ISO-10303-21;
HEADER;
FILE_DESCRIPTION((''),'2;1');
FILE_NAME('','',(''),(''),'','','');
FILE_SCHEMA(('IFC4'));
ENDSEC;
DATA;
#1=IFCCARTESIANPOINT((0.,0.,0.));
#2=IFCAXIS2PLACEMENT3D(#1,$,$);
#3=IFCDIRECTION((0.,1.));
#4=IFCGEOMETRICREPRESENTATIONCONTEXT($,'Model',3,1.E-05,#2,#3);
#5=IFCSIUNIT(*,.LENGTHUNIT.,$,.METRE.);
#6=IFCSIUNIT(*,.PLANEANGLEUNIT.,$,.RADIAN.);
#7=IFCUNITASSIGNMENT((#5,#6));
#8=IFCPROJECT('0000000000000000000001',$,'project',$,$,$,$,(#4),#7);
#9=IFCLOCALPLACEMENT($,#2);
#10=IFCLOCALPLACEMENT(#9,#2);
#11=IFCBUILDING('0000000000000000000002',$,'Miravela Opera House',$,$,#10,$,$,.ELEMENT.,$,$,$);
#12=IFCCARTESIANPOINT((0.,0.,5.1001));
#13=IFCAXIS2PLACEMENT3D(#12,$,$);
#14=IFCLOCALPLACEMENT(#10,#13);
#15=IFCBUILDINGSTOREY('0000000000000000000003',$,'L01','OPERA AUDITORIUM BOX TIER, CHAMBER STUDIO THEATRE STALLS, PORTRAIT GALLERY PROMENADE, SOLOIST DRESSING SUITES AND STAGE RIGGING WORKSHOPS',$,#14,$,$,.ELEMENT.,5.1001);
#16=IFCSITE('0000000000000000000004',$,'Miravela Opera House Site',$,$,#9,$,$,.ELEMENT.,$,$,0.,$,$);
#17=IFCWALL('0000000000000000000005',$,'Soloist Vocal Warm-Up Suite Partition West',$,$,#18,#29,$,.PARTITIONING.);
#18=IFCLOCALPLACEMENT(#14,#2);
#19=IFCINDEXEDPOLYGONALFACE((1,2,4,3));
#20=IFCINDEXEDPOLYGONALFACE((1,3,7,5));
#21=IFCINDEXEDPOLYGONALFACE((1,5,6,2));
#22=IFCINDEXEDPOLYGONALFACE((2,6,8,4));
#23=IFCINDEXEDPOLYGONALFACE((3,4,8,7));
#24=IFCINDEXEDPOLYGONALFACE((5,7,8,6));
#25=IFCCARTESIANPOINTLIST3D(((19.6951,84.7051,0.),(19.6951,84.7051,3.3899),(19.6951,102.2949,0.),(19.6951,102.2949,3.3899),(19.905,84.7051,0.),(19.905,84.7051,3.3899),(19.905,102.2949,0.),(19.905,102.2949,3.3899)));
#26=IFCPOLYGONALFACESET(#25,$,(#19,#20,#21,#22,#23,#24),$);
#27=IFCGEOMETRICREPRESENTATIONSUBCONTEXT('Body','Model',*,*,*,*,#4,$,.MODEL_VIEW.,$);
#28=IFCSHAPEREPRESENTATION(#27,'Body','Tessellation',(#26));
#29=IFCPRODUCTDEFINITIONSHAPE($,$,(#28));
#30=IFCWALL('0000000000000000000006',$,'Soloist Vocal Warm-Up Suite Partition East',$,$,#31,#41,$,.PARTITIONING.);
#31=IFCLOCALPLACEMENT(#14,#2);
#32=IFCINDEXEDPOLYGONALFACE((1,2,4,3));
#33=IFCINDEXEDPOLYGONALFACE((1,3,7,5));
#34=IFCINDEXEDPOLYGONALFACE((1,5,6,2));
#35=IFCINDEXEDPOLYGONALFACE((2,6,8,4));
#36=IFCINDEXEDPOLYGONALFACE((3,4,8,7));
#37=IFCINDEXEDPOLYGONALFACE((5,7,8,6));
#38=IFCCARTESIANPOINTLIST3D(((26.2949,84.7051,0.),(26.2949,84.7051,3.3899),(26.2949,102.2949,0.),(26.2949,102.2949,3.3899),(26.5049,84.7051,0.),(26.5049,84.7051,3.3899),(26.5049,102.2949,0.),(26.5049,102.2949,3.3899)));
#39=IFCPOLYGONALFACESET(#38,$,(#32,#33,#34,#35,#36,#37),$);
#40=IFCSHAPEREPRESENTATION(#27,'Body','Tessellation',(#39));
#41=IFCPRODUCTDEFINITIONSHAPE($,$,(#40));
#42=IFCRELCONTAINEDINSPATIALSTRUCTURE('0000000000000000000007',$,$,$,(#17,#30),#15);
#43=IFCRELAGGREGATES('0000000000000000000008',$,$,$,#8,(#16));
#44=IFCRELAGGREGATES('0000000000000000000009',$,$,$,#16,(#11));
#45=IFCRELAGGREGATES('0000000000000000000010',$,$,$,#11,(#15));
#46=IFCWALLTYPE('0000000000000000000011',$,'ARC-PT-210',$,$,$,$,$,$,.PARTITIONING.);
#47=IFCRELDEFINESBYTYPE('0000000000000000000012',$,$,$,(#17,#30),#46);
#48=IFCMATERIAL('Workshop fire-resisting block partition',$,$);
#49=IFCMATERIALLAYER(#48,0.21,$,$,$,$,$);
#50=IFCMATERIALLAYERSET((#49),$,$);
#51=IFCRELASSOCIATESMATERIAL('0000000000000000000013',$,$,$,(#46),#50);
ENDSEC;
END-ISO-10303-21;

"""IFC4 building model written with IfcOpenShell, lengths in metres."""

from ifc_helpers import new_model, si_unit, direction, frame, frame_2d, origin, place, context, subcontext, project, spatial, rectangle, extrude, material, layer, layer_set, type_object, element, save


model = new_model("IFC4")

# Units and contexts
model_context = context("Model", 3, precision=1e-05, world=origin(), true_north=direction((0.0, 1.0)))
body_context = subcontext(model_context, "Body", "Model", "MODEL_VIEW")
ifc_project = project(units=[si_unit("LENGTHUNIT", "METRE"), si_unit("PLANEANGLEUNIT", "RADIAN")], contexts=[model_context])

# Site, building, storey
site_placement = place(None, origin())
site = spatial("IfcSite", under=ifc_project, at=site_placement, Name="Miravela Opera House Site", CompositionType="ELEMENT", RefElevation=0.0)
building_placement = place(site_placement, origin())
building = spatial("IfcBuilding", under=site, at=building_placement, Name="Miravela Opera House", CompositionType="ELEMENT")
storey_placement = place(building_placement, frame((0.0, 0.0, 5.1001)))
storey = spatial("IfcBuildingStorey", under=building, at=storey_placement, Name="L01", Description="OPERA AUDITORIUM BOX TIER, CHAMBER STUDIO THEATRE STALLS, PORTRAIT GALLERY PROMENADE, SOLOIST DRESSING SUITES AND STAGE RIGGING WORKSHOPS", CompositionType="ELEMENT", Elevation=5.1001)

# Shared definitions
ifc_material_1 = material(Name="Workshop fire-resisting block partition")
ifc_layer_1 = layer(ifc_material_1, 0.21)
ifc_layer_set_1 = layer_set([ifc_layer_1])
wall_type_1 = type_object("IfcWallType", Name="ARC-PT-210", PredefinedType="PARTITIONING", material=ifc_layer_set_1)

# Walls
for number, where, z_axis, x_axis, name in (
    (1, (19.8, 84.7051, 0.0), (0.0, 0.0, 1.0), (0.0, 1.0, 0.0), "Soloist Vocal Warm-Up Suite Partition West"),
    (2, (26.3999, 84.7051, 0.0), (0.0, 0.0, 1.0), (0.0, 1.0, 0.0), "Soloist Vocal Warm-Up Suite Partition East"),
):
    element("IfcWall", number, at=place(storey_placement, frame(where, z_axis=z_axis, x_axis=x_axis)), inside=storey, type_object=wall_type_1, Name=name, PredefinedType="PARTITIONING", context=body_context, shape_type="SweptSolid", body=[
        extrude(rectangle(XDim=17.5898, YDim=0.21, at=frame_2d((8.7949, 0.0))), origin(), (0.0, 0.0, 1.0), 3.3899),
    ])

save(model, "model.ifc")
